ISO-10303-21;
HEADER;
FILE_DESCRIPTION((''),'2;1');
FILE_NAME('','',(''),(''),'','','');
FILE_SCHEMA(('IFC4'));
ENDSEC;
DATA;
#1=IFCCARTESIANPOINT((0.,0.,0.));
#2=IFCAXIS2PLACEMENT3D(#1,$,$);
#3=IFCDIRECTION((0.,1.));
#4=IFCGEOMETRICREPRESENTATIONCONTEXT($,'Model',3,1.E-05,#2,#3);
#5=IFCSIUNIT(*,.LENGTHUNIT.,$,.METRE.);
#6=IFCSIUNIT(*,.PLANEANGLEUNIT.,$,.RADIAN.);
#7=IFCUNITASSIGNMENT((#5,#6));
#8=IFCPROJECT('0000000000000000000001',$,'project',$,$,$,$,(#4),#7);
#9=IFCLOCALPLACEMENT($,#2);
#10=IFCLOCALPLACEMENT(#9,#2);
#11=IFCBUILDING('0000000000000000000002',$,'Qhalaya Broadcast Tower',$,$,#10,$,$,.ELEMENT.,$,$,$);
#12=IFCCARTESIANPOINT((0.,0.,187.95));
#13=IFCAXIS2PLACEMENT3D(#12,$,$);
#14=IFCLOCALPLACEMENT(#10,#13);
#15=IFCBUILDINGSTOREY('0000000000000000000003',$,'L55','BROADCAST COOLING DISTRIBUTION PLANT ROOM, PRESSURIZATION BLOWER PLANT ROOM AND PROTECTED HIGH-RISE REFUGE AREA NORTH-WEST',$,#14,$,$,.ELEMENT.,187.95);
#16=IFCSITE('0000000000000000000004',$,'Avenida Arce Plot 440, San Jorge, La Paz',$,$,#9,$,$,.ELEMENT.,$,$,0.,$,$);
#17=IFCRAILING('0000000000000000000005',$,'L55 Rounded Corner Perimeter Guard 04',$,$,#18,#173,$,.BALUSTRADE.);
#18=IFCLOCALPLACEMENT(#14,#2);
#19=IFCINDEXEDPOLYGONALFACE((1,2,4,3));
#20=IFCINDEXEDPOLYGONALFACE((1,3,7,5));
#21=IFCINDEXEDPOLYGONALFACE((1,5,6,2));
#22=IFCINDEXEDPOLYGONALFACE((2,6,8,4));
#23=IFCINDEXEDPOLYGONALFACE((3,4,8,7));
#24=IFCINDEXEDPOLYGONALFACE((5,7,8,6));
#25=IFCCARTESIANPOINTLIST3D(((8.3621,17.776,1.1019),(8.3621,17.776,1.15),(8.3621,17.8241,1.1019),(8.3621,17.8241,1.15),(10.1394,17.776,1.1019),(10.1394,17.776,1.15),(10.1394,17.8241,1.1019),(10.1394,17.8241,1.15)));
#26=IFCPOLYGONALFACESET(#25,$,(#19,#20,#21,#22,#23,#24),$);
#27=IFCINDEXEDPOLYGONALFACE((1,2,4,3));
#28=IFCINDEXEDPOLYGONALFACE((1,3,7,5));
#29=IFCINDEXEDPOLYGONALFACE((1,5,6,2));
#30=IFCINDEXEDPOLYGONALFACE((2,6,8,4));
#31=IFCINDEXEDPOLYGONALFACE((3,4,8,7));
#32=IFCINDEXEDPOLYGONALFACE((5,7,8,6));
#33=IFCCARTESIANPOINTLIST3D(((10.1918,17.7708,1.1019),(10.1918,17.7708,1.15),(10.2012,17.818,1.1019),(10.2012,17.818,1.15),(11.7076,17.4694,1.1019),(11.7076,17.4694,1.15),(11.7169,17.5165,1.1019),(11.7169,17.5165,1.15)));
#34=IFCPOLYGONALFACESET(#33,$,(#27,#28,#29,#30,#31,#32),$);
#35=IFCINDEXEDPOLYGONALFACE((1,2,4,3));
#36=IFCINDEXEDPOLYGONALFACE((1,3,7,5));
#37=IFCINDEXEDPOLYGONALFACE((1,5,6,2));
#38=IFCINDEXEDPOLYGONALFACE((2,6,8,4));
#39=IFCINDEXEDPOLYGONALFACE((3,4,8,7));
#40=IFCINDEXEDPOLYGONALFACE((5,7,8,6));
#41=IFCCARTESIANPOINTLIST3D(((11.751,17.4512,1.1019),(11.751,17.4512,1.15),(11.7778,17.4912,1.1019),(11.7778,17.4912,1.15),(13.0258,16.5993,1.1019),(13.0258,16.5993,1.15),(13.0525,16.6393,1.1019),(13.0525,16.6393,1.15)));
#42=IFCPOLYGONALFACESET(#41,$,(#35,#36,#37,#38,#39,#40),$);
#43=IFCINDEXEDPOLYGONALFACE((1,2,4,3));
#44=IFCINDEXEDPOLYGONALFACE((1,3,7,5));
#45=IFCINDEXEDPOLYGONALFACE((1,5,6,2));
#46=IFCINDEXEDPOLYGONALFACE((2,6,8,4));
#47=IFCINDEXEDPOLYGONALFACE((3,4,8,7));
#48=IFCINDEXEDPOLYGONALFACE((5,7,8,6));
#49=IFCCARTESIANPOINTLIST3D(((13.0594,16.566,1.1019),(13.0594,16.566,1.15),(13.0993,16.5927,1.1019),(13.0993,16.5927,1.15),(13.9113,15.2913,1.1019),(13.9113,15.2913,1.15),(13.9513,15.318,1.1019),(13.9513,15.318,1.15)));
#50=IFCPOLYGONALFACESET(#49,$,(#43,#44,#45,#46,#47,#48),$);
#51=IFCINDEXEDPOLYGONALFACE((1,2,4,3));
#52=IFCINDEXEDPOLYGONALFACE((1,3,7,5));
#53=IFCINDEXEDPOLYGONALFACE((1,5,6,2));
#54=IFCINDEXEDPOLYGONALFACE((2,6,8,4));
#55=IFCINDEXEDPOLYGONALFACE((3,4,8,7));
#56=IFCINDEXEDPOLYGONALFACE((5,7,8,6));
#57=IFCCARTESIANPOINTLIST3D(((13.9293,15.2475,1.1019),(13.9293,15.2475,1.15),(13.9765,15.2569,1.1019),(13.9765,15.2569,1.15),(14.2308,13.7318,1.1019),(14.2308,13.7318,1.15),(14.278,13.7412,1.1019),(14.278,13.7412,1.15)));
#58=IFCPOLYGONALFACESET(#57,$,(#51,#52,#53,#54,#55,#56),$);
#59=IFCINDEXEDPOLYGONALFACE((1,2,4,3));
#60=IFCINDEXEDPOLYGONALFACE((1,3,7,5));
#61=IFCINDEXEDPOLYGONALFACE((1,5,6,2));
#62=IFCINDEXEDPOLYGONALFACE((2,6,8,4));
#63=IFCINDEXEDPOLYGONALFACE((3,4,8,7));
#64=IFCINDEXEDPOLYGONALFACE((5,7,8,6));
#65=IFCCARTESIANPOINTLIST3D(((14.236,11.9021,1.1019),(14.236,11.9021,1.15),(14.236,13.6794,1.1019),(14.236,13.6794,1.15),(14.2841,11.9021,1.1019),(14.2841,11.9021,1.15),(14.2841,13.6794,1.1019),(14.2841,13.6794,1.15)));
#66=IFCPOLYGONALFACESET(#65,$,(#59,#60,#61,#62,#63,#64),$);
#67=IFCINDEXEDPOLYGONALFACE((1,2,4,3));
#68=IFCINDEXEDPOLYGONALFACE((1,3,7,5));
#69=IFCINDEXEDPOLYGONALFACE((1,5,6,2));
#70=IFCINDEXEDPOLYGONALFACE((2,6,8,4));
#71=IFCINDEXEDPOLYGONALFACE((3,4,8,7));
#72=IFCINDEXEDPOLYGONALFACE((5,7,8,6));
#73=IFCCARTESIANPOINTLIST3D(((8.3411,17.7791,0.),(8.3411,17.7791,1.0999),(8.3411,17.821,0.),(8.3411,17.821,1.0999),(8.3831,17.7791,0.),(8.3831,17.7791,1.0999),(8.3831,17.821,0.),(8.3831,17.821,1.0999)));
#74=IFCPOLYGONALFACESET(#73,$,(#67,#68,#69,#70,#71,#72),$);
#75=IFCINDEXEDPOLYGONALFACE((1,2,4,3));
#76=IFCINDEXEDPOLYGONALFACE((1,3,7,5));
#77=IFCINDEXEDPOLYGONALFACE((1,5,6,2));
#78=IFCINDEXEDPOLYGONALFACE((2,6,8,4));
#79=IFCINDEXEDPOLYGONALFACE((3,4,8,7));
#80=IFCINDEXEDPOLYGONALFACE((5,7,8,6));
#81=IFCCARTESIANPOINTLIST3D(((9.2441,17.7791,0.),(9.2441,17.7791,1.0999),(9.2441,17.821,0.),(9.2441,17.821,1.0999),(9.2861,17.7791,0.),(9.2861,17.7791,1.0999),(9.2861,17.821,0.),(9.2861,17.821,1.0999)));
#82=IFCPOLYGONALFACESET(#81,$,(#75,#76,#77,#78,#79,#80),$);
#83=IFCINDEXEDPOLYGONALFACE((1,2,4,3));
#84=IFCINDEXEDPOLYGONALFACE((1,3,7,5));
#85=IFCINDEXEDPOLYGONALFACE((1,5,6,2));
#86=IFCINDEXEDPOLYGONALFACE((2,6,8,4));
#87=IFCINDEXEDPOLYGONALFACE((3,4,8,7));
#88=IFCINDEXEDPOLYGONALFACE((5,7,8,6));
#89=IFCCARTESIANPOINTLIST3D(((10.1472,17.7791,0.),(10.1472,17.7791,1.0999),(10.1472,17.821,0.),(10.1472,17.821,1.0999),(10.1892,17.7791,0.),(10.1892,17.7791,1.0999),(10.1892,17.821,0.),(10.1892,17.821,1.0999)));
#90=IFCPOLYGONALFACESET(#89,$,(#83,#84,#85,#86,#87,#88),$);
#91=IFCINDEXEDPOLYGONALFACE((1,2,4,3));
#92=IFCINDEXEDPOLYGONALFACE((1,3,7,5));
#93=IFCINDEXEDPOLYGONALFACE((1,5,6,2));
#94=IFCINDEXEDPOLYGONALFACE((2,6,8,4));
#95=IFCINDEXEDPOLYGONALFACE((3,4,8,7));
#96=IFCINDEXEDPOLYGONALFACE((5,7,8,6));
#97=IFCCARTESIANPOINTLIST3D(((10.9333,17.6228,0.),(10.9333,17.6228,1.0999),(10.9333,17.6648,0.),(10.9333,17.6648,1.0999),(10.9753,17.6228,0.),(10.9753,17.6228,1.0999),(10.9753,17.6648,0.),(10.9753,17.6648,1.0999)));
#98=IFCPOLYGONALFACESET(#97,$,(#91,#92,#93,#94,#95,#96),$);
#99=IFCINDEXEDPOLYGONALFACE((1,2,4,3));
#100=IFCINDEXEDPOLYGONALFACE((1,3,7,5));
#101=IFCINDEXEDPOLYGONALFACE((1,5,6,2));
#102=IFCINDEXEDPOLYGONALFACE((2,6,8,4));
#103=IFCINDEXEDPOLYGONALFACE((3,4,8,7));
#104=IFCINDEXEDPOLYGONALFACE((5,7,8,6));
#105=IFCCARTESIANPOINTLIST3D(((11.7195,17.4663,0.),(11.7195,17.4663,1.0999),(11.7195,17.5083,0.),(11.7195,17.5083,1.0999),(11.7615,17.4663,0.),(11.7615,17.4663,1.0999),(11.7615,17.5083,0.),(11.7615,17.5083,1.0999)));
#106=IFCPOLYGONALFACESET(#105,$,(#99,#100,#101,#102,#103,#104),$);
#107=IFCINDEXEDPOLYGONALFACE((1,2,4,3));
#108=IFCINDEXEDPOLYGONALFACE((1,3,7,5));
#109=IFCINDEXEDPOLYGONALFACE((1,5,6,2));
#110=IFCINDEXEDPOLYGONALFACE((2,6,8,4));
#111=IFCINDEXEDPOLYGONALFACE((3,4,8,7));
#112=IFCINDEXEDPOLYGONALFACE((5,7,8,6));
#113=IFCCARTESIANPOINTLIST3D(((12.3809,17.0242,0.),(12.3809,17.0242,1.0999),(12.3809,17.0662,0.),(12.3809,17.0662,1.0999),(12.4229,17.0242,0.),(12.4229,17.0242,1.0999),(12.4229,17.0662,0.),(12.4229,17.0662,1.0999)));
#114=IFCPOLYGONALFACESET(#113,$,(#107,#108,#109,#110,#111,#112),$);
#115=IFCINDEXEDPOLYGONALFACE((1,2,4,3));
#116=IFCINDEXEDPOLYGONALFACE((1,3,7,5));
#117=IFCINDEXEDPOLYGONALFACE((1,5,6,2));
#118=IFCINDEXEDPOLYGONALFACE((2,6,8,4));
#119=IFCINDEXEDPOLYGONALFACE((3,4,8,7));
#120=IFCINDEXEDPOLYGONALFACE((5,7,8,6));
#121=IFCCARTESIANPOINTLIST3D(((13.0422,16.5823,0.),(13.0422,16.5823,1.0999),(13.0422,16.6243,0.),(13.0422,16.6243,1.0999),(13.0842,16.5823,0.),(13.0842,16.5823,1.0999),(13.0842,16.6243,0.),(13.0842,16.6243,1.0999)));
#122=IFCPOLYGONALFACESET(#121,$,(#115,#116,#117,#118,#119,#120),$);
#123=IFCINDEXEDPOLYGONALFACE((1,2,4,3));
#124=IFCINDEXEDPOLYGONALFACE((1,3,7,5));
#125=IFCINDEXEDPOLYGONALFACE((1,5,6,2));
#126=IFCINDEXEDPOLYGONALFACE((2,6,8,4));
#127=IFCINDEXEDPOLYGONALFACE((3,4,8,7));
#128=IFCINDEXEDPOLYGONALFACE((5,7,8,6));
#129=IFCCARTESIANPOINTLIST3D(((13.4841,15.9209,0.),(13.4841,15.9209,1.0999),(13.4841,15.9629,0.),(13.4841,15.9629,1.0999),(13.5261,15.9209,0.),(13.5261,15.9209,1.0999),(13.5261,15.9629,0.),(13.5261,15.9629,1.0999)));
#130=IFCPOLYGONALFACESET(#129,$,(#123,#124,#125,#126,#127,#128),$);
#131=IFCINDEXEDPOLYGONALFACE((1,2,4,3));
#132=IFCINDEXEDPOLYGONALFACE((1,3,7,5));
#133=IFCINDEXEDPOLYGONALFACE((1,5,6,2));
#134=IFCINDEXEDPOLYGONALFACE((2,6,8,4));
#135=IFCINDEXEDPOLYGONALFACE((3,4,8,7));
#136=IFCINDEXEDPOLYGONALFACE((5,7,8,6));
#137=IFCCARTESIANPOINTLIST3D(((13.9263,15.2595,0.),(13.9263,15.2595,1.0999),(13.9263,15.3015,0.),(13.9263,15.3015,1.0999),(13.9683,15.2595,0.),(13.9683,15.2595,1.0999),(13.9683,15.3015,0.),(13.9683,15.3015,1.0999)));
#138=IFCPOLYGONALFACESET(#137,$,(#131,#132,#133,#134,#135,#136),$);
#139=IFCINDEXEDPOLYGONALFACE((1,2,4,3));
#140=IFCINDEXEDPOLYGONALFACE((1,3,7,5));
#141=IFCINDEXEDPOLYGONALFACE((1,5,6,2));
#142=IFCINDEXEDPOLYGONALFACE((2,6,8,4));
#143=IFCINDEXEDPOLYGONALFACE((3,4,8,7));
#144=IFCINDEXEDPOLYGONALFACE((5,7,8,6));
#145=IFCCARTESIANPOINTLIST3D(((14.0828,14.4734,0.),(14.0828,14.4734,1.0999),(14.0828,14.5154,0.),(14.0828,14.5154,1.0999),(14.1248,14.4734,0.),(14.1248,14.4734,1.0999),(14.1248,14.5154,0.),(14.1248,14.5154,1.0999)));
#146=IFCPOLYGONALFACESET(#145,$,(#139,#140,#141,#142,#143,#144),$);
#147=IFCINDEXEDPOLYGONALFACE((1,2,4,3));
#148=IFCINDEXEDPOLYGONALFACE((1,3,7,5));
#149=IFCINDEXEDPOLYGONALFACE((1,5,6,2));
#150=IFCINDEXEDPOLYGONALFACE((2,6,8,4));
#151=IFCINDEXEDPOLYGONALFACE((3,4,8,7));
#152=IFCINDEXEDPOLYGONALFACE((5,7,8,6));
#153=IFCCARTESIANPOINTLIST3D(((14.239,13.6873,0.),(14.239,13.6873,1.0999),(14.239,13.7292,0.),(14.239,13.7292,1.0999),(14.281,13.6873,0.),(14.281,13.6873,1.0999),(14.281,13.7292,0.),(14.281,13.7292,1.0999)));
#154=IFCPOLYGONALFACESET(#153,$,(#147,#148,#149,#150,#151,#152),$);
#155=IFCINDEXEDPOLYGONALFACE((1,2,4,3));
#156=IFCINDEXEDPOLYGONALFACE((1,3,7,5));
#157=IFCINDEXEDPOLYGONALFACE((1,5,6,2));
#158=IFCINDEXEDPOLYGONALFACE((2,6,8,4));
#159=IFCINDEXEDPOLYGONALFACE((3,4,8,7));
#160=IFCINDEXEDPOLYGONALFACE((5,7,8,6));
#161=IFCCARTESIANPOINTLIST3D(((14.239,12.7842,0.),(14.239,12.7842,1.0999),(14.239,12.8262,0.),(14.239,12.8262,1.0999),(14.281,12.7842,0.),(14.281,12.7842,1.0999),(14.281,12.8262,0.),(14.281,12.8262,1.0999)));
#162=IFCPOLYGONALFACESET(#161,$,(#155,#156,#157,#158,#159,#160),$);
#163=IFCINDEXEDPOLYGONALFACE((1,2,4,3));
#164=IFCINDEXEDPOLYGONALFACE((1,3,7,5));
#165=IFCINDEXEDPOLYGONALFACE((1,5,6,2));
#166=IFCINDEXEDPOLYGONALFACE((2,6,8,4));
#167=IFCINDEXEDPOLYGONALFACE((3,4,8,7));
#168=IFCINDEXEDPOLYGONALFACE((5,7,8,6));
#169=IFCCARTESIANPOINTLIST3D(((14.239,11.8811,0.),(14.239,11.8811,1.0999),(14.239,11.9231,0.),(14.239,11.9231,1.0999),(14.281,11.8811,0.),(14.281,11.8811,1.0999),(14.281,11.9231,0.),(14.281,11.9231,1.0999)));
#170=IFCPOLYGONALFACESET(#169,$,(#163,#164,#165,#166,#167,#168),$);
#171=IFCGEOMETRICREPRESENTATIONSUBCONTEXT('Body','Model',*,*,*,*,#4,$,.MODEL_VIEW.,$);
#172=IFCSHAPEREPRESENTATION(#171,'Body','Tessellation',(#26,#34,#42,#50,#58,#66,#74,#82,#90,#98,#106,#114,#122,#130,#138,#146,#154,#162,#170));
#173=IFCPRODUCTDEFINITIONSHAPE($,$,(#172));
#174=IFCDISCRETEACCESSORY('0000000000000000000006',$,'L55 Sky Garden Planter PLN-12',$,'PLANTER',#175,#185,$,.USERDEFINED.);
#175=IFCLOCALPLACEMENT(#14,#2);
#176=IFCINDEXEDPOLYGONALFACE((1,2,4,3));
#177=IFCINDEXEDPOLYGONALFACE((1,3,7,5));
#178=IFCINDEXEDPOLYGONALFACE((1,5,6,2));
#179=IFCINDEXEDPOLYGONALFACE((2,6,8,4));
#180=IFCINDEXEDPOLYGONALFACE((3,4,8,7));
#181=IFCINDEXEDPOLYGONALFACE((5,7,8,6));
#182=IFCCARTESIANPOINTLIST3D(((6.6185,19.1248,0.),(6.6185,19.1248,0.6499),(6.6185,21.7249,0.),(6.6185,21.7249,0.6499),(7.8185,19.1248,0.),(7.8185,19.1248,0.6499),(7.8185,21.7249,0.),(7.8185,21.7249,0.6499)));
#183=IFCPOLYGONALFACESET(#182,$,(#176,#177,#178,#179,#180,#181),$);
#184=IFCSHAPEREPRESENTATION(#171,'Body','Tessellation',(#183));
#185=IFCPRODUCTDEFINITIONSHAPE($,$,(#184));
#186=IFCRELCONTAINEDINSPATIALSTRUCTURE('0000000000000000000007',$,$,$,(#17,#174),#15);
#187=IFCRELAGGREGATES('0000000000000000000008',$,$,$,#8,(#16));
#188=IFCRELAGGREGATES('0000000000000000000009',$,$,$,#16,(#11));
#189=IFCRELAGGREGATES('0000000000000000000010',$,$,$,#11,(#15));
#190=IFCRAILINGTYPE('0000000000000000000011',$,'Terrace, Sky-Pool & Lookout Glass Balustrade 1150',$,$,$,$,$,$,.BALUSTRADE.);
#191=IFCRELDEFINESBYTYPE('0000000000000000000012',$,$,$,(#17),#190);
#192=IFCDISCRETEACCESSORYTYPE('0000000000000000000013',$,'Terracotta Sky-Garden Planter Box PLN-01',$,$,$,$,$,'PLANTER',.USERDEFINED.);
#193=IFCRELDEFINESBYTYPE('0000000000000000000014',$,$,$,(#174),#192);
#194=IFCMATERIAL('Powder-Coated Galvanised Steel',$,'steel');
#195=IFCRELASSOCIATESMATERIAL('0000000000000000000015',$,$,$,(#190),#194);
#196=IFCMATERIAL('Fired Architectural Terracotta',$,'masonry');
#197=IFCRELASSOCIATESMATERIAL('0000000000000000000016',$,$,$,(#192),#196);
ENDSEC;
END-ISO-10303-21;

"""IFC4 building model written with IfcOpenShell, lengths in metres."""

from ifc_helpers import new_model, si_unit, direction, frame, origin, origin_2d, place, context, subcontext, project, spatial, rectangle, extrude, material, type_object, element, save


model = new_model("IFC4")

# Units and contexts
model_context = context("Model", 3, precision=1e-05, world=origin(), true_north=direction((0.0, 1.0)))
body_context = subcontext(model_context, "Body", "Model", "MODEL_VIEW")
ifc_project = project(units=[si_unit("LENGTHUNIT", "METRE"), si_unit("PLANEANGLEUNIT", "RADIAN")], contexts=[model_context])

# Site, building, storey
site_placement = place(None, origin())
site = spatial("IfcSite", under=ifc_project, at=site_placement, Name="Avenida Arce Plot 440, San Jorge, La Paz", CompositionType="ELEMENT", RefElevation=0.0)
building_placement = place(site_placement, origin())
building = spatial("IfcBuilding", under=site, at=building_placement, Name="Qhalaya Broadcast Tower", CompositionType="ELEMENT")
storey_placement = place(building_placement, frame((0.0, 0.0, 187.95)))
storey = spatial("IfcBuildingStorey", under=building, at=storey_placement, Name="L55", Description="BROADCAST COOLING DISTRIBUTION PLANT ROOM, PRESSURIZATION BLOWER PLANT ROOM AND PROTECTED HIGH-RISE REFUGE AREA NORTH-WEST", CompositionType="ELEMENT", Elevation=187.95)

# Railing
ifc_material_1 = material(Name="Powder-Coated Galvanised Steel", Category="steel")
railing_type = type_object("IfcRailingType", Name="Terrace, Sky-Pool & Lookout Glass Balustrade 1150", PredefinedType="BALUSTRADE", material=ifc_material_1)
railing_placement = place(storey_placement, frame((8.3621, 17.8, 0.0)))
element("IfcRailing", 1, at=railing_placement, inside=storey, type_object=railing_type, Name="L55 Rounded Corner Perimeter Guard 04", PredefinedType="BALUSTRADE", context=body_context, shape_type="SweptSolid", body=[
    extrude(rectangle(XDim=0.0481, YDim=0.0481, at=origin_2d()), frame((0.0, 0.0, 1.126), z_axis=(1.0, 0.0, 0.0), x_axis=(0.0, 1.0, 0.0)), (0.0, 0.0, 1.0), 1.7773),
    extrude(rectangle(XDim=0.0481, YDim=0.0481, at=origin_2d()), frame((1.8345, -0.0056, 1.126), z_axis=(0.980785, -0.195091, 0.0), x_axis=(0.195091, 0.980785, 0.0)), (0.0, 0.0, 1.0), 1.5454),
    extrude(rectangle(XDim=0.0481, YDim=0.0481, at=origin_2d()), frame((3.4023, -0.3289, 1.126), z_axis=(0.831412, -0.555656, 0.0), x_axis=(0.555656, 0.831412, 0.0)), (0.0, 0.0, 1.0), 1.5332),
    extrude(rectangle(XDim=0.0481, YDim=0.0481, at=origin_2d()), frame((4.7173, -1.2207, 1.126), z_axis=(0.555656, -0.831412, 0.0), x_axis=(0.831412, 0.555656, 0.0)), (0.0, 0.0, 1.0), 1.5332),
    extrude(rectangle(XDim=0.0481, YDim=0.0481, at=origin_2d()), frame((5.5908, -2.5479, 1.126), z_axis=(0.195091, -0.980785, 0.0), x_axis=(0.980785, 0.195091, 0.0)), (0.0, 0.0, 1.0), 1.5454),
    extrude(rectangle(XDim=0.0481, YDim=0.0481, at=origin_2d()), frame((5.8979, -4.1206, 1.126), z_axis=(0.0, -1.0, 0.0), x_axis=(1.0, 0.0, 0.0)), (0.0, 0.0, 1.0), 1.7773),
    extrude(rectangle(XDim=0.042, YDim=0.042, at=origin_2d()), origin(), (0.0, 0.0, 1.0), 1.0999),
    extrude(rectangle(XDim=0.042, YDim=0.042, at=origin_2d()), frame((0.9031, 0.0, 0.0)), (0.0, 0.0, 1.0), 1.0999),
    extrude(rectangle(XDim=0.042, YDim=0.042, at=origin_2d()), frame((1.8062, 0.0, 0.0)), (0.0, 0.0, 1.0), 1.0999),
    extrude(rectangle(XDim=0.042, YDim=0.042, at=origin_2d()), frame((2.5923, -0.1562, 0.0)), (0.0, 0.0, 1.0), 1.0999),
    extrude(rectangle(XDim=0.042, YDim=0.042, at=origin_2d()), frame((3.3784, -0.3127, 0.0)), (0.0, 0.0, 1.0), 1.0999),
    extrude(rectangle(XDim=0.042, YDim=0.042, at=origin_2d()), frame((4.0398, -0.7549, 0.0)), (0.0, 0.0, 1.0), 1.0999),
    extrude(rectangle(XDim=0.042, YDim=0.042, at=origin_2d()), frame((4.7012, -1.1968, 0.0)), (0.0, 0.0, 1.0), 1.0999),
    extrude(rectangle(XDim=0.042, YDim=0.042, at=origin_2d()), frame((5.1431, -1.8582, 0.0)), (0.0, 0.0, 1.0), 1.0999),
    extrude(rectangle(XDim=0.042, YDim=0.042, at=origin_2d()), frame((5.5852, -2.5195, 0.0)), (0.0, 0.0, 1.0), 1.0999),
    extrude(rectangle(XDim=0.042, YDim=0.042, at=origin_2d()), frame((5.7417, -3.3057, 0.0)), (0.0, 0.0, 1.0), 1.0999),
    extrude(rectangle(XDim=0.042, YDim=0.042, at=origin_2d()), frame((5.8979, -4.0918, 0.0)), (0.0, 0.0, 1.0), 1.0999),
    extrude(rectangle(XDim=0.042, YDim=0.042, at=origin_2d()), frame((5.8979, -4.9949, 0.0)), (0.0, 0.0, 1.0), 1.0999),
    extrude(rectangle(XDim=0.042, YDim=0.042, at=origin_2d()), frame((5.8979, -5.8979, 0.0)), (0.0, 0.0, 1.0), 1.0999),
])

# Discrete accessory
ifc_material_2 = material(Name="Fired Architectural Terracotta", Category="masonry")
discrete_accessory_type = type_object("IfcDiscreteAccessoryType", Name="Terracotta Sky-Garden Planter Box PLN-01", ElementType="PLANTER", PredefinedType="USERDEFINED", material=ifc_material_2)
discrete_accessory_placement = place(storey_placement, frame((7.2185, 20.4248, 0.0), z_axis=(0.0, 0.0, 1.0), x_axis=(1.0, 0.0, 0.0)))
element("IfcDiscreteAccessory", 2, at=discrete_accessory_placement, inside=storey, type_object=discrete_accessory_type, Name="L55 Sky Garden Planter PLN-12", ObjectType="PLANTER", PredefinedType="USERDEFINED", context=body_context, shape_type="SweptSolid", body=[
    extrude(rectangle(XDim=1.2, YDim=2.6001, at=origin_2d()), origin(), (0.0, 0.0, 1.0), 0.6499),
])

save(model, "model.ifc")
